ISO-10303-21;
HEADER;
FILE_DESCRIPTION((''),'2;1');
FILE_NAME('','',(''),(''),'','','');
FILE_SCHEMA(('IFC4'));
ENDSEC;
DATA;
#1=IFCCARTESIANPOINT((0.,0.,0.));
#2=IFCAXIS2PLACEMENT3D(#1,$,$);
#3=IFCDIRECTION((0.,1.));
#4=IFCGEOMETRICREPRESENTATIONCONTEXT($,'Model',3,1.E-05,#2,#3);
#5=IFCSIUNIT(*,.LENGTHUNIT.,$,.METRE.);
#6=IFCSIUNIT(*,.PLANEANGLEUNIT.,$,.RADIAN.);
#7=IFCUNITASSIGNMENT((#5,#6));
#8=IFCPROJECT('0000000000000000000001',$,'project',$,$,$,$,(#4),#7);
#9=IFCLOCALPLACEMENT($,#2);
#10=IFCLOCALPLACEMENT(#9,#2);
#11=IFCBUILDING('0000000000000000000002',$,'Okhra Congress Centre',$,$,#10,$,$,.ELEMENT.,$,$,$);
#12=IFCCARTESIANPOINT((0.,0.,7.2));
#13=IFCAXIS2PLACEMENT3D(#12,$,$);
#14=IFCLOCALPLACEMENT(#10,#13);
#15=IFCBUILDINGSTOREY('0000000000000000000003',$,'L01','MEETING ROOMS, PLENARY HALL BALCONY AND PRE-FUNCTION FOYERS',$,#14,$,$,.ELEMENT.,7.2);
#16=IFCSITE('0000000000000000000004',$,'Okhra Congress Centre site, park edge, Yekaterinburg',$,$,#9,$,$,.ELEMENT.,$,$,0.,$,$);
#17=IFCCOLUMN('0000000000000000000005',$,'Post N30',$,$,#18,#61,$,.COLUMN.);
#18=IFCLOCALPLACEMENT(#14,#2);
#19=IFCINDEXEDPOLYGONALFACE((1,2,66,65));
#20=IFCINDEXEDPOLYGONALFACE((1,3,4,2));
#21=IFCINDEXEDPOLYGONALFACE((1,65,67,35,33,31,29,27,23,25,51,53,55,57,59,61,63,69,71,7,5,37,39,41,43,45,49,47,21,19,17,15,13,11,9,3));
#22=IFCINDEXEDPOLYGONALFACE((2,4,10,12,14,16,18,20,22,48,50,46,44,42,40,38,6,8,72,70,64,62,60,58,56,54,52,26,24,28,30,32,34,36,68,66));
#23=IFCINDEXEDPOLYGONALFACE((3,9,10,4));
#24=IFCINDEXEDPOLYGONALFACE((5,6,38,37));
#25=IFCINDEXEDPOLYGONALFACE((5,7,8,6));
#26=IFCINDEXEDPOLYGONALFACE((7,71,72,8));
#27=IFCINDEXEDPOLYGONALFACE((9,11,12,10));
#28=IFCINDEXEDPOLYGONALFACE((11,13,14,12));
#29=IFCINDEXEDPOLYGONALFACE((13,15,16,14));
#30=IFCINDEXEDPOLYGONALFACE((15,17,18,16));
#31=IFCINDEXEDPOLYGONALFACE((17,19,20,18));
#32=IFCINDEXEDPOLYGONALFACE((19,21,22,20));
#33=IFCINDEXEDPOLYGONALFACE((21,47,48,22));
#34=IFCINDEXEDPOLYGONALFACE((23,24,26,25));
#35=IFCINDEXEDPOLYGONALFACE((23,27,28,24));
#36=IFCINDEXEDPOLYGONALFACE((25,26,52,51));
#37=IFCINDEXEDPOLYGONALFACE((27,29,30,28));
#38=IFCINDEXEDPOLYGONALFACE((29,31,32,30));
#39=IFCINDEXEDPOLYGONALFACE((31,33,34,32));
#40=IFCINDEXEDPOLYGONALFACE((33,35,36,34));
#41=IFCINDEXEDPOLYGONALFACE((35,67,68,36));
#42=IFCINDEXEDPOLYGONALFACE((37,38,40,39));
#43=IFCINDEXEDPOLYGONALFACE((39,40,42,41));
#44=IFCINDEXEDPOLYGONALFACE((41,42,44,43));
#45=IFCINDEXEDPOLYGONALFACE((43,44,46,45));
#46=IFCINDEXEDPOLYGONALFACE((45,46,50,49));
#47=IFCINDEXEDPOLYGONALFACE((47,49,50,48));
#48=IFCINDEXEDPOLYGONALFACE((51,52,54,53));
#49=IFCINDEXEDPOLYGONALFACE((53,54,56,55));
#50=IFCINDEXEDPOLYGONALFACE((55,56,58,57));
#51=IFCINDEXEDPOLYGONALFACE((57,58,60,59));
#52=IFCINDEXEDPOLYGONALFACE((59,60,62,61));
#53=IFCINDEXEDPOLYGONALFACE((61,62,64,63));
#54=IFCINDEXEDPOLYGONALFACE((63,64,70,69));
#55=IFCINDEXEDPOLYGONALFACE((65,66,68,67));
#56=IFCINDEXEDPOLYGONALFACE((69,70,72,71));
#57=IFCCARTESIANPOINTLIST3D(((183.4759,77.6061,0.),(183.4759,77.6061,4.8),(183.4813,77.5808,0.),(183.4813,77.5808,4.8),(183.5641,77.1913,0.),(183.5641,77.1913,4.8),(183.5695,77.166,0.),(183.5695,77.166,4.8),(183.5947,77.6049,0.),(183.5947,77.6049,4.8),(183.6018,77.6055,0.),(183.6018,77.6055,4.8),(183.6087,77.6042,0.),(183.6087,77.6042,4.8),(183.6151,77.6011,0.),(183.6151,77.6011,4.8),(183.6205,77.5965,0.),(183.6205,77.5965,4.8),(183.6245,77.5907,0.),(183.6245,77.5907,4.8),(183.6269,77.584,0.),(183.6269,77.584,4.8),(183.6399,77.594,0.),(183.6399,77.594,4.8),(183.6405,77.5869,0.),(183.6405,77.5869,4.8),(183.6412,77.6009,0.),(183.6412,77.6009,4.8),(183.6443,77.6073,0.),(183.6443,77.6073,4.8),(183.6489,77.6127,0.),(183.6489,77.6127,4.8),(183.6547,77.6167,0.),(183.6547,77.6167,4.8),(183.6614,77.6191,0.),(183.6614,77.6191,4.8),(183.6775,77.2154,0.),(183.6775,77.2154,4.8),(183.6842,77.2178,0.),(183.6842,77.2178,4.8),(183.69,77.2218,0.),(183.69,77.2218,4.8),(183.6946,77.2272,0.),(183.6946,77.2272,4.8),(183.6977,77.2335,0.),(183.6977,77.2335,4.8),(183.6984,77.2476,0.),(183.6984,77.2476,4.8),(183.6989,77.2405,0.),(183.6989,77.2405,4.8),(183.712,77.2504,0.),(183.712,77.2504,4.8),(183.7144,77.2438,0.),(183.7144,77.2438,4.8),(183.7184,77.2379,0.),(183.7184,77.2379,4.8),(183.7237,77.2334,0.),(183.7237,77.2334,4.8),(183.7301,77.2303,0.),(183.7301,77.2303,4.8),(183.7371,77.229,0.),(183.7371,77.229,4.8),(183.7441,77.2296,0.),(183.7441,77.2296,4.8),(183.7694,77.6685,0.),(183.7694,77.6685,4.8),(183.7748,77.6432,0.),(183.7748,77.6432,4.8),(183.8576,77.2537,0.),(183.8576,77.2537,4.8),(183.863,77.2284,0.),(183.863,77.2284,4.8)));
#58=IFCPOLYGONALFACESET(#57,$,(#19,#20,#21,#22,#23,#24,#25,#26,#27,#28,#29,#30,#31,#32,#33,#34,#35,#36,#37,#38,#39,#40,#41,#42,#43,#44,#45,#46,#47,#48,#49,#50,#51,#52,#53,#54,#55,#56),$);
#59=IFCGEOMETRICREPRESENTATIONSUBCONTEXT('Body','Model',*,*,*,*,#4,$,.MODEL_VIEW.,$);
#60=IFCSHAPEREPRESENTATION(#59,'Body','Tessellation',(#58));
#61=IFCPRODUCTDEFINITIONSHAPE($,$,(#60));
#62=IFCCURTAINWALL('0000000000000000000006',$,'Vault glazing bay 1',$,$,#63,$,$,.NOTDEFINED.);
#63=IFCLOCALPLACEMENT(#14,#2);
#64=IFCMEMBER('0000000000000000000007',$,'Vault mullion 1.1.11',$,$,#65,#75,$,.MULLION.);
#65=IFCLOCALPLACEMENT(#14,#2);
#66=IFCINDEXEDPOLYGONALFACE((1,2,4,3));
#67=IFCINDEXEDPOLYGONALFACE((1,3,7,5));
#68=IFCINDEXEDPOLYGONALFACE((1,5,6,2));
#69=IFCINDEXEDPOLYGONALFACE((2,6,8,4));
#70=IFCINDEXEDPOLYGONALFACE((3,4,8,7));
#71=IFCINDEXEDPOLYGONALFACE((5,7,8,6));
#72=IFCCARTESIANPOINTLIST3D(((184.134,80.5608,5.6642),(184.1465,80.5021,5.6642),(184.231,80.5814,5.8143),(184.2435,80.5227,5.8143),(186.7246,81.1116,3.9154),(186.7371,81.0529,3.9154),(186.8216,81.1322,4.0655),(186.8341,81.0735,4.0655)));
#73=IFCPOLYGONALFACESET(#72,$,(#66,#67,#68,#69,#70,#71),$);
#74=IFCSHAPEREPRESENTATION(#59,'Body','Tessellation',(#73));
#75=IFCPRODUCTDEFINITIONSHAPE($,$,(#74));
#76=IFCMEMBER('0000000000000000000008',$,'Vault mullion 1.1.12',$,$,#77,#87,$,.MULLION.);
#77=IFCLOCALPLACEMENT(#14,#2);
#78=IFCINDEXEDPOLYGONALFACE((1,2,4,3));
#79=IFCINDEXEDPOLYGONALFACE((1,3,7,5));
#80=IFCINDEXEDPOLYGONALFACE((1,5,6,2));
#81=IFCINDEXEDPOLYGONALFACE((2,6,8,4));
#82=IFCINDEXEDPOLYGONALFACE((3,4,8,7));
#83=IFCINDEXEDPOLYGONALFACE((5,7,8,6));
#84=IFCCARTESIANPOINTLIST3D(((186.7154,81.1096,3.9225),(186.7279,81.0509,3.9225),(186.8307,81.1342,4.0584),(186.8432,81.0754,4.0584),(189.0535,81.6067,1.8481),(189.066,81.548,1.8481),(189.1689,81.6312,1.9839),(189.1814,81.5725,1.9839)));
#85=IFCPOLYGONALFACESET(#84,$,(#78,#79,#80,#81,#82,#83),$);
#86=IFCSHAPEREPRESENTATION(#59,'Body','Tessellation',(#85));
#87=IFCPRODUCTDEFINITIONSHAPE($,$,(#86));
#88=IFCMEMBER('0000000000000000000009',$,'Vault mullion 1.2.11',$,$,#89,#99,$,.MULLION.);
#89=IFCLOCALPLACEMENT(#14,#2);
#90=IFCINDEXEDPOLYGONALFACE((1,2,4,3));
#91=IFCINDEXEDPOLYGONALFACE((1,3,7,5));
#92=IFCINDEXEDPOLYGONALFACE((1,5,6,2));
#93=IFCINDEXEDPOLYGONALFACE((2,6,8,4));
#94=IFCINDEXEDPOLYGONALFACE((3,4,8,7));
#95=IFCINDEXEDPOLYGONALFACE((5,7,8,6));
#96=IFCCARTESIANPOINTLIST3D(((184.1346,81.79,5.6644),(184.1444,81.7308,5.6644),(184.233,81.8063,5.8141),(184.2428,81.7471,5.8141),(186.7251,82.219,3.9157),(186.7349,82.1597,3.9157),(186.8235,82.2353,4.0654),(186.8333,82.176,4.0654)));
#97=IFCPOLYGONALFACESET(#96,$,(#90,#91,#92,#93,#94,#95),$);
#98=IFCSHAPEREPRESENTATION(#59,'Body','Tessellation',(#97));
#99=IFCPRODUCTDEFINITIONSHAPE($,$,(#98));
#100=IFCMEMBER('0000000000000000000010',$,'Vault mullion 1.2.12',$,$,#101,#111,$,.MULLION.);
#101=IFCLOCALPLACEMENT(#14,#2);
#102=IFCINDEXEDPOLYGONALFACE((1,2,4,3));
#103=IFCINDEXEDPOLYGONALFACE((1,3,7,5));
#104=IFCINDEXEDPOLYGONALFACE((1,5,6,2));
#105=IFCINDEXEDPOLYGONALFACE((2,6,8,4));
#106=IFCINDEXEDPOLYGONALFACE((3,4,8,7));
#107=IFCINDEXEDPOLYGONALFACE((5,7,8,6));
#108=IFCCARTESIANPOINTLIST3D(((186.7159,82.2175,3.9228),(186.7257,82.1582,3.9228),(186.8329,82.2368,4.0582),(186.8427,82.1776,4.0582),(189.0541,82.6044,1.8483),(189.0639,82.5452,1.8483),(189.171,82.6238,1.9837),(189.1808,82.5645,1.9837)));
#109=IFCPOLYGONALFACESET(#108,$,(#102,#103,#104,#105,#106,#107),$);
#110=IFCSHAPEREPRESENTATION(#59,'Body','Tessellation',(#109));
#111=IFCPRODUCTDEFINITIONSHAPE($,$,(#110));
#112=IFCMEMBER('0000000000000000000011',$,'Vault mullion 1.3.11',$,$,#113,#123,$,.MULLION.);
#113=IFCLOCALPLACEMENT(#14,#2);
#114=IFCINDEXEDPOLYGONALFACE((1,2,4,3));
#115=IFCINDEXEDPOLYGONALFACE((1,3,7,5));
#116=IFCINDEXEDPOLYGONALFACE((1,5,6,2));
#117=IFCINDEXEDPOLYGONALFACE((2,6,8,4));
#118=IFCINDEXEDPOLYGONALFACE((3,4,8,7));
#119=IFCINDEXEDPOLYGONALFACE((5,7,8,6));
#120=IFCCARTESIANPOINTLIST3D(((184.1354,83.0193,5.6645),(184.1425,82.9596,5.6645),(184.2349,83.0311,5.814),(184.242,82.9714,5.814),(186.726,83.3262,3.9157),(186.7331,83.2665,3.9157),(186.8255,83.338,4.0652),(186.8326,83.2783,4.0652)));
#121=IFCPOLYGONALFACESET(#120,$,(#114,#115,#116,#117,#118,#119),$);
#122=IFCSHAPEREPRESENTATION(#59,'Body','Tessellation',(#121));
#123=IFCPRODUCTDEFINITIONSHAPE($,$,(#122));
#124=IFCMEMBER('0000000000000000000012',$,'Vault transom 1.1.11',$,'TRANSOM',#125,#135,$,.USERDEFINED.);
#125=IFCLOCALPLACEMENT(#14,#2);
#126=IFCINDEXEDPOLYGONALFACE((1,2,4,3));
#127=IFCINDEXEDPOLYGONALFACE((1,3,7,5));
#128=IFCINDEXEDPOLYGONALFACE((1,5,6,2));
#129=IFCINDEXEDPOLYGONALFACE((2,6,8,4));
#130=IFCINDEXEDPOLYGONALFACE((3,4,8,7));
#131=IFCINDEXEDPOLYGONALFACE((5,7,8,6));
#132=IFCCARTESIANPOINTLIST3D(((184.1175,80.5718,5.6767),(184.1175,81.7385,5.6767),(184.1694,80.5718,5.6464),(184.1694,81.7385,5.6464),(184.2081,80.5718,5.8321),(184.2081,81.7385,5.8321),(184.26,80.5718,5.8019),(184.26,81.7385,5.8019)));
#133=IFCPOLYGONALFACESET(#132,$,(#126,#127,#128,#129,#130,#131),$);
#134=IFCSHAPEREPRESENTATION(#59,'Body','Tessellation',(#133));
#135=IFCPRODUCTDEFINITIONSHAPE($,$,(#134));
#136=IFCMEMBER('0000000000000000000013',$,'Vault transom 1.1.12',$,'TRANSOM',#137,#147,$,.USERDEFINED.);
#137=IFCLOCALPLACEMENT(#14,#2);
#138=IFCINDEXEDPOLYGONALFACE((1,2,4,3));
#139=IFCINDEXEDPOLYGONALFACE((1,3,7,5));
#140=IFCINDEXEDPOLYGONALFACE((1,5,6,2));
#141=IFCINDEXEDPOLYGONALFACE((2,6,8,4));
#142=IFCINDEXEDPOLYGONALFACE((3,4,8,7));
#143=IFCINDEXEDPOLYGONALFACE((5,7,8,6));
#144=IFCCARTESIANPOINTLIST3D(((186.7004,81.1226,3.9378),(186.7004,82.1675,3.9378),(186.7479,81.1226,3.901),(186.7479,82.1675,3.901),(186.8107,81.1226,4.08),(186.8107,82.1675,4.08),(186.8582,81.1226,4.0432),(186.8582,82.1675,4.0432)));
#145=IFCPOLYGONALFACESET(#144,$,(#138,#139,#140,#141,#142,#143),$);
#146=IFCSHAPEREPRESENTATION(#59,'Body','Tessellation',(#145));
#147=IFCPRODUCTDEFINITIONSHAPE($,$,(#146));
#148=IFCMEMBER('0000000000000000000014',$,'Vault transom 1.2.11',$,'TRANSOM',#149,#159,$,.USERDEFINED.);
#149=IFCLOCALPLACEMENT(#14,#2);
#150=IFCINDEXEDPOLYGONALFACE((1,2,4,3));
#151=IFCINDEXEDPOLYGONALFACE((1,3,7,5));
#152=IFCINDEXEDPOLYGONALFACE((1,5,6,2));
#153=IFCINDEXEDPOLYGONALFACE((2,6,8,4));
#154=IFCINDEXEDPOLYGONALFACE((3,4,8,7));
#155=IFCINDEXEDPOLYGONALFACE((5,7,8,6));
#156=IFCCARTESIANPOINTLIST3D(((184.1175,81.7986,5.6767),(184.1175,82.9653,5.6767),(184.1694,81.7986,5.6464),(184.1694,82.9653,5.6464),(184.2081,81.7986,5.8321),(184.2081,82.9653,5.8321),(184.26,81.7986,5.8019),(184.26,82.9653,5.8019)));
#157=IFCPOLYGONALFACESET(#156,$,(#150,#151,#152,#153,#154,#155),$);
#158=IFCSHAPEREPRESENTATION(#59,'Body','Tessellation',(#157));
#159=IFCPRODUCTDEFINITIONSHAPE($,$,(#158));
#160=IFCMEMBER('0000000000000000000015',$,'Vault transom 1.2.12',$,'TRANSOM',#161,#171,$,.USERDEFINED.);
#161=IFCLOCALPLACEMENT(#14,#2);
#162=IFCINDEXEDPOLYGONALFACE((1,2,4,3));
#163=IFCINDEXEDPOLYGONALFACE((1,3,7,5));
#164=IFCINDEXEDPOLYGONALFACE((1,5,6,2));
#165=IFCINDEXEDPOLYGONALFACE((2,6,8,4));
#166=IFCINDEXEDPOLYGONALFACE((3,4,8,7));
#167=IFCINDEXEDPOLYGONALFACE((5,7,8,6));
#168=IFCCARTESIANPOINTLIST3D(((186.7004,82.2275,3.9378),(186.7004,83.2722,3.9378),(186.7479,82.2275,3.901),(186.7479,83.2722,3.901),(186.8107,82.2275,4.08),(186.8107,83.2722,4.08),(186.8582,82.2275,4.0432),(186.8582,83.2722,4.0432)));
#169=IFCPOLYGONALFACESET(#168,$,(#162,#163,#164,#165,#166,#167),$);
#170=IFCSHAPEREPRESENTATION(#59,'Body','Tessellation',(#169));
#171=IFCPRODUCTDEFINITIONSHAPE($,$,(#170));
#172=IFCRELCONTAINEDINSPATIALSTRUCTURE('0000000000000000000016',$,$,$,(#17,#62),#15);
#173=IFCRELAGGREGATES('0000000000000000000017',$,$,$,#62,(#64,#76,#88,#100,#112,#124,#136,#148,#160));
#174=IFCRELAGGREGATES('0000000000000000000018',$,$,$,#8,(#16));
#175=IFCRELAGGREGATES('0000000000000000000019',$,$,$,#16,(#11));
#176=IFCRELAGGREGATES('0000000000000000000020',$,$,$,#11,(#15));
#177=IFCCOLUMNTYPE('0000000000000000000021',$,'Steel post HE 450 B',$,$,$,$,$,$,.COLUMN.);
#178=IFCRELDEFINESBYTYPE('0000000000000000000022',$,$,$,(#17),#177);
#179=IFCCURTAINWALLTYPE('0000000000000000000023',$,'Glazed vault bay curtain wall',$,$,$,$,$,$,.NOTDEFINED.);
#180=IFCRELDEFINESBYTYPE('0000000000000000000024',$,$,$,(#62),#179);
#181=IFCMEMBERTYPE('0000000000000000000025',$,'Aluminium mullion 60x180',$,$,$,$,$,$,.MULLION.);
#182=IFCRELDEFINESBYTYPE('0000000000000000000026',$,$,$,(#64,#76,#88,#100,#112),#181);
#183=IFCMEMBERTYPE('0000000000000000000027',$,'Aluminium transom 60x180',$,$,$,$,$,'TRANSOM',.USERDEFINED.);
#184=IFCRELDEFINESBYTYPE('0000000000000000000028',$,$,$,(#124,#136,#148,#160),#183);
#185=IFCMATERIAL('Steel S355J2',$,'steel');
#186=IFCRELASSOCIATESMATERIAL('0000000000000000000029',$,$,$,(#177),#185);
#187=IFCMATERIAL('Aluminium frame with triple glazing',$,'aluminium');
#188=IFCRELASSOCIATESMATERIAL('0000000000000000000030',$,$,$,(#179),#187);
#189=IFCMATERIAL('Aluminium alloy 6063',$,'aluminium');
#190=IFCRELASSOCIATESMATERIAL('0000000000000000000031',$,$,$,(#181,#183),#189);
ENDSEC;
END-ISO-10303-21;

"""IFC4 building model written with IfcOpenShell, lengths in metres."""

from ifc_helpers import new_model, si_unit, direction, frame, origin, origin_2d, place, context, subcontext, project, spatial, rectangle, i_section, extrude, material, material_profile, profile_set, type_object, element, aggregate, save


model = new_model("IFC4")

# Units and contexts
model_context = context("Model", 3, precision=1e-05, world=origin(), true_north=direction((0.0, 1.0)))
body_context = subcontext(model_context, "Body", "Model", "MODEL_VIEW")
ifc_project = project(units=[si_unit("LENGTHUNIT", "METRE"), si_unit("PLANEANGLEUNIT", "RADIAN")], contexts=[model_context])

# Site, building, storey
site_placement = place(None, origin())
site = spatial("IfcSite", under=ifc_project, at=site_placement, Name="Okhra Congress Centre site, park edge, Yekaterinburg", CompositionType="ELEMENT", RefElevation=0.0)
building_placement = place(site_placement, origin())
building = spatial("IfcBuilding", under=site, at=building_placement, Name="Okhra Congress Centre", CompositionType="ELEMENT")
storey_placement = place(building_placement, frame((0.0, 0.0, 7.2)))
storey = spatial("IfcBuildingStorey", under=building, at=storey_placement, Name="L01", Description="MEETING ROOMS, PLENARY HALL BALCONY AND PRE-FUNCTION FOYERS", CompositionType="ELEMENT", Elevation=7.2)

# Column
ifc_material_1 = material(Name="Steel S355J2", Category="steel")
ifc_material_profile_1 = material_profile(ifc_material_1, i_section(OverallWidth=0.3, OverallDepth=0.45, WebThickness=0.0139, FlangeThickness=0.0259, FilletRadius=0.0271, at=origin_2d()), Name="HE 450 B")
ifc_profile_set_1 = profile_set([ifc_material_profile_1], Name="Steel S355J2")
column_type = type_object("IfcColumnType", Name="Steel post HE 450 B", PredefinedType="COLUMN", material=ifc_profile_set_1)
column_placement = place(storey_placement, frame((183.6694, 77.4172, 0.0), z_axis=(0.0, 0.0, 1.0), x_axis=(0.978148, 0.207912, 0.0)))
element("IfcColumn", 1, at=column_placement, inside=storey, type_object=column_type, Name="Post N30", PredefinedType="COLUMN", context=body_context, shape_type="SweptSolid", body=[
    extrude(i_section(OverallWidth=0.3, OverallDepth=0.45, WebThickness=0.0139, FlangeThickness=0.0259, FilletRadius=0.0271, at=origin_2d()), origin(), (0.0, 0.0, 1.0), 4.8),
])

# Curtain wall, members
ifc_material_2 = material(Name="Aluminium frame with triple glazing", Category="aluminium")
curtain_wall_type = type_object("IfcCurtainWallType", Name="Glazed vault bay curtain wall", PredefinedType="NOTDEFINED", material=ifc_material_2)
curtain_wall_placement = place(storey_placement, origin())
curtain_wall = element("IfcCurtainWall", 2, at=curtain_wall_placement, inside=storey, type_object=curtain_wall_type, Name="Vault glazing bay 1", PredefinedType="NOTDEFINED")
ifc_material_3 = material(Name="Aluminium alloy 6063", Category="aluminium")
ifc_material_profile_2 = material_profile(ifc_material_3, rectangle(XDim=0.0601, YDim=0.1799, at=origin_2d()), Name="AL 60x180")
ifc_profile_set_2 = profile_set([ifc_material_profile_2], Name="Aluminium alloy 6063")
member_type_1 = type_object("IfcMemberType", Name="Aluminium mullion 60x180", PredefinedType="MULLION", material=ifc_profile_set_2)
member_1_placement = place(storey_placement, frame((184.1887, 80.5417, 5.7393), z_axis=(0.816251, 0.173543, -0.551014), x_axis=(-0.207961, 0.978137, 0.0)))
member_1 = element("IfcMember", 3, at=member_1_placement, type_object=member_type_1, Name="Vault mullion 1.1.11", PredefinedType="MULLION", context=body_context, shape_type="SweptSolid", body=[
    extrude(rectangle(XDim=0.0601, YDim=0.1799, at=origin_2d()), origin(), (0.0, 0.0, 1.0), 3.1738),
])
member_2_placement = place(storey_placement, frame((186.7793, 81.0925, 3.9905), z_axis=(0.738743, 0.157051, -0.655434), x_axis=(-0.207945, 0.97814, 0.0)))
member_2 = element("IfcMember", 4, at=member_2_placement, type_object=member_type_1, Name="Vault mullion 1.1.12", PredefinedType="MULLION", context=body_context, shape_type="SweptSolid", body=[
    extrude(rectangle(XDim=0.0601, YDim=0.1799, at=origin_2d()), origin(), (0.0, 0.0, 1.0), 3.165),
])
member_3_placement = place(storey_placement, frame((184.1887, 81.7686, 5.7393), z_axis=(0.821131, 0.135965, -0.554308), x_axis=(-0.163359, 0.986567, 0.0)))
member_3 = element("IfcMember", 5, at=member_3_placement, type_object=member_type_1, Name="Vault mullion 1.2.11", PredefinedType="MULLION", context=body_context, shape_type="SweptSolid", body=[
    extrude(rectangle(XDim=0.0601, YDim=0.1799, at=origin_2d()), origin(), (0.0, 0.0, 1.0), 3.1548),
])
member_4_placement = place(storey_placement, frame((186.7793, 82.1975, 3.9905), z_axis=(0.742358, 0.122861, -0.658642), x_axis=(-0.16328, 0.98658, 0.0)))
member_4 = element("IfcMember", 6, at=member_4_placement, type_object=member_type_1, Name="Vault mullion 1.2.12", PredefinedType="MULLION", context=body_context, shape_type="SweptSolid", body=[
    extrude(rectangle(XDim=0.0601, YDim=0.1799, at=origin_2d()), origin(), (0.0, 0.0, 1.0), 3.1497),
])
member_5_placement = place(storey_placement, frame((184.1887, 82.9954, 5.7393), z_axis=(0.824861, 0.097715, -0.556826), x_axis=(-0.117639, 0.993056, 0.0)))
member_5 = element("IfcMember", 7, at=member_5_placement, type_object=member_type_1, Name="Vault mullion 1.3.11", PredefinedType="MULLION", context=body_context, shape_type="SweptSolid", body=[
    extrude(rectangle(XDim=0.0601, YDim=0.1799, at=origin_2d()), origin(), (0.0, 0.0, 1.0), 3.1406),
])
ifc_material_profile_3 = material_profile(ifc_material_3, rectangle(XDim=0.0601, YDim=0.1799, at=origin_2d()), Name="AL 60x180 transom")
ifc_profile_set_3 = profile_set([ifc_material_profile_3], Name="Aluminium alloy 6063")
member_type_2 = type_object("IfcMemberType", Name="Aluminium transom 60x180", ElementType="TRANSOM", PredefinedType="USERDEFINED", material=ifc_profile_set_3)
member_6_placement = place(storey_placement, frame((184.1887, 80.5718, 5.7393), z_axis=(0.0, 1.0, 0.0), x_axis=(-0.863917, 0.0, 0.503634)))
member_6 = element("IfcMember", 8, at=member_6_placement, type_object=member_type_2, Name="Vault transom 1.1.11", ObjectType="TRANSOM", PredefinedType="USERDEFINED", context=body_context, shape_type="SweptSolid", body=[
    extrude(rectangle(XDim=0.0601, YDim=0.1799, at=origin_2d()), origin(), (0.0, 0.0, 1.0), 1.1667),
])
member_7_placement = place(storey_placement, frame((186.7793, 81.1226, 3.9905), z_axis=(0.0, 1.0, 0.0), x_axis=(-0.790145, 0.0, 0.61292)))
member_7 = element("IfcMember", 9, at=member_7_placement, type_object=member_type_2, Name="Vault transom 1.1.12", ObjectType="TRANSOM", PredefinedType="USERDEFINED", context=body_context, shape_type="SweptSolid", body=[
    extrude(rectangle(XDim=0.0601, YDim=0.1799, at=origin_2d()), origin(), (0.0, 0.0, 1.0), 1.0449),
])
member_8_placement = place(storey_placement, frame((184.1887, 81.7986, 5.7393), z_axis=(0.0, 1.0, 0.0), x_axis=(-0.863917, 0.0, 0.503634)))
member_8 = element("IfcMember", 10, at=member_8_placement, type_object=member_type_2, Name="Vault transom 1.2.11", ObjectType="TRANSOM", PredefinedType="USERDEFINED", context=body_context, shape_type="SweptSolid", body=[
    extrude(rectangle(XDim=0.0601, YDim=0.1799, at=origin_2d()), origin(), (0.0, 0.0, 1.0), 1.1667),
])
member_9_placement = place(storey_placement, frame((186.7793, 82.2275, 3.9905), z_axis=(0.0, 1.0, 0.0), x_axis=(-0.790145, 0.0, 0.61292)))
member_9 = element("IfcMember", 11, at=member_9_placement, type_object=member_type_2, Name="Vault transom 1.2.12", ObjectType="TRANSOM", PredefinedType="USERDEFINED", context=body_context, shape_type="SweptSolid", body=[
    extrude(rectangle(XDim=0.0601, YDim=0.1799, at=origin_2d()), origin(), (0.0, 0.0, 1.0), 1.0447),
])

aggregate(curtain_wall, [member_1, member_2, member_3, member_4, member_5, member_6, member_7, member_8, member_9])

save(model, "model.ifc")
